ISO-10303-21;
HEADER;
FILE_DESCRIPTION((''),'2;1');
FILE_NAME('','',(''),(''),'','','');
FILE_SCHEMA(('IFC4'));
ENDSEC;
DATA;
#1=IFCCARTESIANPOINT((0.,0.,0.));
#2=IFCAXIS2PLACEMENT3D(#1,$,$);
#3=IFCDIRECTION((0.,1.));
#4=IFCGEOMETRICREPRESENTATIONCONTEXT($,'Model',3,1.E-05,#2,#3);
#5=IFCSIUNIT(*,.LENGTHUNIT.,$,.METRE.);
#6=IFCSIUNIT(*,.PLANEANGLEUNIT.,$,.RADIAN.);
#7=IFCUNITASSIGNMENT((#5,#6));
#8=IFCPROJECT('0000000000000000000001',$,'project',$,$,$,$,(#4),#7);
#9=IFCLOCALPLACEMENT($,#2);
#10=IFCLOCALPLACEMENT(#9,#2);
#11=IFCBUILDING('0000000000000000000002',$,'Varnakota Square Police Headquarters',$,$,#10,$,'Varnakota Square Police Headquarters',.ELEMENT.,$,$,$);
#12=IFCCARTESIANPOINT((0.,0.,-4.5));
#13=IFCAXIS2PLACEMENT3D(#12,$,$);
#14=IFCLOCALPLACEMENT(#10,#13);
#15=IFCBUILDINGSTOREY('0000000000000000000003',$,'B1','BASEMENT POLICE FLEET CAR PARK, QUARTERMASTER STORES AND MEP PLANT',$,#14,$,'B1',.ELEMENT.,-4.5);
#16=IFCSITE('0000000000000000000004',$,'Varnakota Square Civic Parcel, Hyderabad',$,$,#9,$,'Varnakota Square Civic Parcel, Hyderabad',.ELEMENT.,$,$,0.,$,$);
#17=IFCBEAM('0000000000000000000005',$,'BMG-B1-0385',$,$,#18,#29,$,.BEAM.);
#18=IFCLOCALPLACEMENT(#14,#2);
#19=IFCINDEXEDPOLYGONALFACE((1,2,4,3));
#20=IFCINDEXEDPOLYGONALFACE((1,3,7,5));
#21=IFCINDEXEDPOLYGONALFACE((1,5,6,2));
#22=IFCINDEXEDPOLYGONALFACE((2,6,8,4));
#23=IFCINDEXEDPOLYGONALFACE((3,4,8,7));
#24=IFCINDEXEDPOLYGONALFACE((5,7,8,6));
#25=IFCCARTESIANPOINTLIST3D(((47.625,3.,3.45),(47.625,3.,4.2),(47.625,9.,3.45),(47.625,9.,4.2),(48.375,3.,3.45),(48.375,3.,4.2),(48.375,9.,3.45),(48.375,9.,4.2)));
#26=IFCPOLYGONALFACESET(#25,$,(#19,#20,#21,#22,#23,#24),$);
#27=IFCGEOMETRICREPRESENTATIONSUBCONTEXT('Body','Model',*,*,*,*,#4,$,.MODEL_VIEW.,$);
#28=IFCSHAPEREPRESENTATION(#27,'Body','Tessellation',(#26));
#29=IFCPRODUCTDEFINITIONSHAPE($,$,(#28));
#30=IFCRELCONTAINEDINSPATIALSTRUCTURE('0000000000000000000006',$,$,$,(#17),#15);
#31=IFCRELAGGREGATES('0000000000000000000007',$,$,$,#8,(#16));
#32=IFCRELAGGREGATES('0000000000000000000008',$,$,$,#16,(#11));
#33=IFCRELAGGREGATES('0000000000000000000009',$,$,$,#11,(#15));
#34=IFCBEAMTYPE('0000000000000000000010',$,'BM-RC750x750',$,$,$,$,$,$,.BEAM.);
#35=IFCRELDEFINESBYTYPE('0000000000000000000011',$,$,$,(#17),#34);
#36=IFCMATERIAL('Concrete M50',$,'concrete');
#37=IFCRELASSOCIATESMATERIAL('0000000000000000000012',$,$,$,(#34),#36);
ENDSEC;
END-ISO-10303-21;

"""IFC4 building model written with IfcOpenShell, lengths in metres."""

from ifc_helpers import new_model, si_unit, direction, frame, origin, origin_2d, place, context, subcontext, project, spatial, rectangle, extrude, material, material_profile, profile_set, type_object, element, save


model = new_model("IFC4")

# Units and contexts
model_context = context("Model", 3, precision=1e-05, world=origin(), true_north=direction((0.0, 1.0)))
body_context = subcontext(model_context, "Body", "Model", "MODEL_VIEW")
ifc_project = project(units=[si_unit("LENGTHUNIT", "METRE"), si_unit("PLANEANGLEUNIT", "RADIAN")], contexts=[model_context])

# Site, building, storey
site_placement = place(None, origin())
site = spatial("IfcSite", under=ifc_project, at=site_placement, Name="Varnakota Square Civic Parcel, Hyderabad", LongName="Varnakota Square Civic Parcel, Hyderabad", CompositionType="ELEMENT", RefElevation=0.0)
building_placement = place(site_placement, origin())
building = spatial("IfcBuilding", under=site, at=building_placement, Name="Varnakota Square Police Headquarters", LongName="Varnakota Square Police Headquarters", CompositionType="ELEMENT")
storey_placement = place(building_placement, frame((0.0, 0.0, -4.5)))
storey = spatial("IfcBuildingStorey", under=building, at=storey_placement, Name="B1", Description="BASEMENT POLICE FLEET CAR PARK, QUARTERMASTER STORES AND MEP PLANT", LongName="B1", CompositionType="ELEMENT", Elevation=-4.5)

# Beam
ifc_material_1 = material(Name="Concrete M50", Category="concrete")
ifc_material_profile_1 = material_profile(ifc_material_1, rectangle(XDim=0.75, YDim=0.75, at=origin_2d()), Name="RC 750x750")
ifc_profile_set_1 = profile_set([ifc_material_profile_1], Name="Concrete M50")
beam_type_1 = type_object("IfcBeamType", Name="BM-RC750x750", PredefinedType="BEAM", material=ifc_profile_set_1)
for number, where, z_axis, x_axis, name in (
    (1, (48.0, 3.0, 3.825), (0.0, 1.0, 0.0), (-1.0, 0.0, 0.0), "BMG-B1-0385"),
):
    element("IfcBeam", number, at=place(storey_placement, frame(where, z_axis=z_axis, x_axis=x_axis)), inside=storey, type_object=beam_type_1, Name=name, PredefinedType="BEAM", context=body_context, shape_type="SweptSolid", body=[
        extrude(rectangle(XDim=0.75, YDim=0.75, at=origin_2d()), origin(), (0.0, 0.0, 1.0), 6.0),
    ])

save(model, "model.ifc")
